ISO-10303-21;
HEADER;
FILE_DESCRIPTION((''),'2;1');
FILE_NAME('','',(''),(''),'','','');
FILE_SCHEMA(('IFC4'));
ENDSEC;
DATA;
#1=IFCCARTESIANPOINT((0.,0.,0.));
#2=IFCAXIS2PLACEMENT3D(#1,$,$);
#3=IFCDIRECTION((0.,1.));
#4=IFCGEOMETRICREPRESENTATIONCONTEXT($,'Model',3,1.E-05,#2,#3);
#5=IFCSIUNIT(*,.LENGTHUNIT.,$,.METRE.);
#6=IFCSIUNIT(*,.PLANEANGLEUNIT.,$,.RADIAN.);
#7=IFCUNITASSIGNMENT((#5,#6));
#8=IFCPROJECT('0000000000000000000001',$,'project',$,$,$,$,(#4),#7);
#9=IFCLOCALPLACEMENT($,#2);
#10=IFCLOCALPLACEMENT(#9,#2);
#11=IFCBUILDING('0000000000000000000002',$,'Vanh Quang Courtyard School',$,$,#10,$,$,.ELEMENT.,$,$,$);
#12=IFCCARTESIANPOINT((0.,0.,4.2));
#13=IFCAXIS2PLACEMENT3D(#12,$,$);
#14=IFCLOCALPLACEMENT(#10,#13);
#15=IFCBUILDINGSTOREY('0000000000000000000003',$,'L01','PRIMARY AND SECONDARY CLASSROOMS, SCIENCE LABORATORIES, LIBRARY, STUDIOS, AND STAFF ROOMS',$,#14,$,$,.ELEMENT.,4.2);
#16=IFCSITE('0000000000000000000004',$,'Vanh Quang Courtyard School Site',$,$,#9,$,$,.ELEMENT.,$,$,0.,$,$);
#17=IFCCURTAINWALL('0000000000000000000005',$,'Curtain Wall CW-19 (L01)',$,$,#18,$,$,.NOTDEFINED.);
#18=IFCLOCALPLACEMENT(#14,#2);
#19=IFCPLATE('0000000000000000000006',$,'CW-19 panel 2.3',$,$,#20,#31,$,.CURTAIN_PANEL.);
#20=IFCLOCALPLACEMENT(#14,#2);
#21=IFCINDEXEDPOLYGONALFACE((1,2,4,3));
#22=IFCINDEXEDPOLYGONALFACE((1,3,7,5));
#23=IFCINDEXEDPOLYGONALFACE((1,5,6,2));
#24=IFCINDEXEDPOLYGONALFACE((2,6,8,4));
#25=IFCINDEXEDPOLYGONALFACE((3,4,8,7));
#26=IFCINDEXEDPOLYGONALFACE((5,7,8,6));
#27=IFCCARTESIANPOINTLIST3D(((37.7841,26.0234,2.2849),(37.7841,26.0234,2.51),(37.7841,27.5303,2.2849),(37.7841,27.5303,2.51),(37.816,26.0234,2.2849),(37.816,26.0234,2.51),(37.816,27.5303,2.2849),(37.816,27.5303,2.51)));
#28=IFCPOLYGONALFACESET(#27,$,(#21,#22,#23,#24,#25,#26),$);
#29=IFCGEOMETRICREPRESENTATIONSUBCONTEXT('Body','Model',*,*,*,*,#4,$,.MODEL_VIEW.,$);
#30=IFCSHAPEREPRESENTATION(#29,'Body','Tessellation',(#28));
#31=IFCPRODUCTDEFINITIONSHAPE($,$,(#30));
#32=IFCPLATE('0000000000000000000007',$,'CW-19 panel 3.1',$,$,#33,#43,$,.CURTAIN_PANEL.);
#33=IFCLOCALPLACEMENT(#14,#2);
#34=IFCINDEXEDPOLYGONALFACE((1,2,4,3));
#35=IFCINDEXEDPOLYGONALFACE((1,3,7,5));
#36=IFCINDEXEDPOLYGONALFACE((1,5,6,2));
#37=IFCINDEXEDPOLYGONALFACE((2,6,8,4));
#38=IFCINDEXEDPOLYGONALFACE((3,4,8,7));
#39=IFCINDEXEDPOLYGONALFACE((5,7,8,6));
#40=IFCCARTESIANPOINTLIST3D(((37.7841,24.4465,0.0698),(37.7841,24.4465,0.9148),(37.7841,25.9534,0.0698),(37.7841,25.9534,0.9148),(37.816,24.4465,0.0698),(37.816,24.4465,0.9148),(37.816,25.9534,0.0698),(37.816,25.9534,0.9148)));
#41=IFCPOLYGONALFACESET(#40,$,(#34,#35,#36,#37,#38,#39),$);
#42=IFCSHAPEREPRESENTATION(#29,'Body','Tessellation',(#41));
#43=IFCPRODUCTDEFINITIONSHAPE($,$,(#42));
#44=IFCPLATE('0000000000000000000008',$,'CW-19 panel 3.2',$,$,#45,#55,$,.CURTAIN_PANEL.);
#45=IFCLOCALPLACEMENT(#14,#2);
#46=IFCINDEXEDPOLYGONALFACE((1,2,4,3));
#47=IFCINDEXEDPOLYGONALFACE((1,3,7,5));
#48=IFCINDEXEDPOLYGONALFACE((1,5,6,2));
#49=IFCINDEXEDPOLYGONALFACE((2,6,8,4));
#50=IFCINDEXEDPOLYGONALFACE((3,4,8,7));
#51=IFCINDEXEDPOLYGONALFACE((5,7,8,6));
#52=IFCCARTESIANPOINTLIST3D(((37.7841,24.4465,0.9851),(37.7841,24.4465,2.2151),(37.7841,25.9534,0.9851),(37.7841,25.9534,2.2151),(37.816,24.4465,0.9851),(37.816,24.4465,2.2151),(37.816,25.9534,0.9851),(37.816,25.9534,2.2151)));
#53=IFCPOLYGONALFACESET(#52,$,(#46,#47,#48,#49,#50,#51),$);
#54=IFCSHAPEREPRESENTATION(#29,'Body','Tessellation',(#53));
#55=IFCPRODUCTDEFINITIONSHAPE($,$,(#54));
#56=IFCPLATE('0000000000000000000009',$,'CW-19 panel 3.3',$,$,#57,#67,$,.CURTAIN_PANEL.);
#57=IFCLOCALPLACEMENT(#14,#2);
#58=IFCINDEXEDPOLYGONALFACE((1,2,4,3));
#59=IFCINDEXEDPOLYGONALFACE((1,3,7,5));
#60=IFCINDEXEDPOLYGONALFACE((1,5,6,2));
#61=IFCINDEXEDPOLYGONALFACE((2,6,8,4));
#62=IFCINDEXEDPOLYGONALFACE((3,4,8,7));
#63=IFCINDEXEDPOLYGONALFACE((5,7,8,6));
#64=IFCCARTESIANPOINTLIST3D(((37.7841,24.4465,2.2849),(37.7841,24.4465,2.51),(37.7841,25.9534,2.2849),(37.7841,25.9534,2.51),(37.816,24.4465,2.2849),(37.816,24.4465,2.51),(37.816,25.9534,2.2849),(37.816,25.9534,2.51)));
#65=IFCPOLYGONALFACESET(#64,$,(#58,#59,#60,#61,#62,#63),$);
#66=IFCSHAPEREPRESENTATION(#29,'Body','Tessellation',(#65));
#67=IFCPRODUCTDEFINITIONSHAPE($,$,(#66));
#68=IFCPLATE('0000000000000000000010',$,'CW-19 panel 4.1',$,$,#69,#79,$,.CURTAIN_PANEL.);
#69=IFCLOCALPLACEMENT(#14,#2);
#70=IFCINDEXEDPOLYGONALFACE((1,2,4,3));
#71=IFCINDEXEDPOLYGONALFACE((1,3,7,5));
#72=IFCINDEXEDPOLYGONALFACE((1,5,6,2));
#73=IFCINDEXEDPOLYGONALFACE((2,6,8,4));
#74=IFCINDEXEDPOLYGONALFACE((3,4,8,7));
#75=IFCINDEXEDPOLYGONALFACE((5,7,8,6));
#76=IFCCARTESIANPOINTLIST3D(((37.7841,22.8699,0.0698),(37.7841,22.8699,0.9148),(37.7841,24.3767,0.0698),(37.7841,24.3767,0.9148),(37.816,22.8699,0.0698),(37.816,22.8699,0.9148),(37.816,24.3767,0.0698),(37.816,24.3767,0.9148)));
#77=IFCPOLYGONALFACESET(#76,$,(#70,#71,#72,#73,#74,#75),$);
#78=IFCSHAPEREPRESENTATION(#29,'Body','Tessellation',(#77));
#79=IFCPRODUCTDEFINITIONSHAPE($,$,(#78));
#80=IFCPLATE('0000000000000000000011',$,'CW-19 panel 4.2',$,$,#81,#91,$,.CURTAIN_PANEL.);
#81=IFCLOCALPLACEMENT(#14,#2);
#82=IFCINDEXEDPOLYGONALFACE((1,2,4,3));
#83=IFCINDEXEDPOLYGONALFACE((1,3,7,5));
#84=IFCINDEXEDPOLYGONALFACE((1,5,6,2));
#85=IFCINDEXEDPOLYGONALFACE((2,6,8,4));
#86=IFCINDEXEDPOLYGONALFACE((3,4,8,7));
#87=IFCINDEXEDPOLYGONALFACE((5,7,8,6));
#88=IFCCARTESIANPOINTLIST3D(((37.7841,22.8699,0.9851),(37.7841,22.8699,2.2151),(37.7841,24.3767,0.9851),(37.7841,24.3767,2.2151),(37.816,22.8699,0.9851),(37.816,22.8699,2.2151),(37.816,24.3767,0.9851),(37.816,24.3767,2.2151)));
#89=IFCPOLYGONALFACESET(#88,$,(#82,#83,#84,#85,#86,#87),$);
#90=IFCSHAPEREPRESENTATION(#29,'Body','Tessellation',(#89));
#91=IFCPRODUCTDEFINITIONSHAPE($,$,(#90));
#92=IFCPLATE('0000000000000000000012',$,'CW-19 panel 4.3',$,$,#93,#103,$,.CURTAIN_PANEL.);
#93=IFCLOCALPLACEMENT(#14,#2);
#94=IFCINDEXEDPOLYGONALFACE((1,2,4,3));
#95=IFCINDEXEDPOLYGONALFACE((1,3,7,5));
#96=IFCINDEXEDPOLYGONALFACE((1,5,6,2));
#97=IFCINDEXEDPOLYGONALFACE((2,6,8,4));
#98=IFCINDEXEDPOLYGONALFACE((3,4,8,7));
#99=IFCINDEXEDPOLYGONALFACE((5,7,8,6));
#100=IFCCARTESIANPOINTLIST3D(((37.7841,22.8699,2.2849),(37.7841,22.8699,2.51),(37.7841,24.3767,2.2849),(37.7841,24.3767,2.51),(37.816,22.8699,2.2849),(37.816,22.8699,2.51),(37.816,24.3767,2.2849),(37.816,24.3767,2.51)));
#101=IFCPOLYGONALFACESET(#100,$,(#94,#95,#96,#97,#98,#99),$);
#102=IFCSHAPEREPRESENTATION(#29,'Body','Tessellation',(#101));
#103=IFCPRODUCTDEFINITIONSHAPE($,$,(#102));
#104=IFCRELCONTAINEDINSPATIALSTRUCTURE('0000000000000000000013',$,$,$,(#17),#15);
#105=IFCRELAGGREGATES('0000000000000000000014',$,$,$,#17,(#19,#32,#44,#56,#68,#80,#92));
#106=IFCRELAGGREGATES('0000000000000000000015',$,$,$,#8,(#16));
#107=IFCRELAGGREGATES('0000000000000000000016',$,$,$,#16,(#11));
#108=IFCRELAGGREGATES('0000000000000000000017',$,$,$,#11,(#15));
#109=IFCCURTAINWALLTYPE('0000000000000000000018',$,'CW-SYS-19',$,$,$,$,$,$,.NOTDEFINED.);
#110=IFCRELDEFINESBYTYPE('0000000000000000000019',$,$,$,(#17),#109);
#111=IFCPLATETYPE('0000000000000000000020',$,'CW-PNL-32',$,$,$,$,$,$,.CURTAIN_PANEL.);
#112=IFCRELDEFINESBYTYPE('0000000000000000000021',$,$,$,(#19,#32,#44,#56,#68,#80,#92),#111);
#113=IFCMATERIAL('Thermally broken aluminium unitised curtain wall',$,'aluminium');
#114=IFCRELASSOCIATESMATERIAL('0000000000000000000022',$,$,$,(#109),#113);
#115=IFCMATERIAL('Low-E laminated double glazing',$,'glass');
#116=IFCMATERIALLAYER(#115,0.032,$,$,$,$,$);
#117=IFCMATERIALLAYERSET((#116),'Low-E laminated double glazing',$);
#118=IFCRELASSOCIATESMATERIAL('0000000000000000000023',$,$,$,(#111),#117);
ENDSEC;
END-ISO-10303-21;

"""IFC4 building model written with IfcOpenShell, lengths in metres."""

from ifc_helpers import new_model, si_unit, direction, frame, origin, origin_2d, place, context, subcontext, project, spatial, rectangle, extrude, material, layer, layer_set, type_object, element, aggregate, save


model = new_model("IFC4")

# Units and contexts
model_context = context("Model", 3, precision=1e-05, world=origin(), true_north=direction((0.0, 1.0)))
body_context = subcontext(model_context, "Body", "Model", "MODEL_VIEW")
ifc_project = project(units=[si_unit("LENGTHUNIT", "METRE"), si_unit("PLANEANGLEUNIT", "RADIAN")], contexts=[model_context])

# Site, building, storey
site_placement = place(None, origin())
site = spatial("IfcSite", under=ifc_project, at=site_placement, Name="Vanh Quang Courtyard School Site", CompositionType="ELEMENT", RefElevation=0.0)
building_placement = place(site_placement, origin())
building = spatial("IfcBuilding", under=site, at=building_placement, Name="Vanh Quang Courtyard School", CompositionType="ELEMENT")
storey_placement = place(building_placement, frame((0.0, 0.0, 4.2)))
storey = spatial("IfcBuildingStorey", under=building, at=storey_placement, Name="L01", Description="PRIMARY AND SECONDARY CLASSROOMS, SCIENCE LABORATORIES, LIBRARY, STUDIOS, AND STAFF ROOMS", CompositionType="ELEMENT", Elevation=4.2)

# Curtain wall
ifc_material_1 = material(Name="Thermally broken aluminium unitised curtain wall", Category="aluminium")
curtain_wall_type = type_object("IfcCurtainWallType", Name="CW-SYS-19", PredefinedType="NOTDEFINED", material=ifc_material_1)
curtain_wall_placement = place(storey_placement, origin())
curtain_wall = element("IfcCurtainWall", 1, at=curtain_wall_placement, inside=storey, type_object=curtain_wall_type, Name="Curtain Wall CW-19 (L01)", PredefinedType="NOTDEFINED")

# Plates
ifc_material_2 = material(Name="Low-E laminated double glazing", Category="glass")
ifc_layer = layer(ifc_material_2, 0.032)
ifc_layer_set = layer_set([ifc_layer], Name="Low-E laminated double glazing")
plate_type = type_object("IfcPlateType", Name="CW-PNL-32", PredefinedType="CURTAIN_PANEL", material=ifc_layer_set)
plate_1_placement = place(storey_placement, frame((37.8, 26.7769, 2.2849), z_axis=(0.0, 0.0, 1.0), x_axis=(0.0, -1.0, 0.0)))
plate_1 = element("IfcPlate", 2, at=plate_1_placement, type_object=plate_type, Name="CW-19 panel 2.3", PredefinedType="CURTAIN_PANEL", context=body_context, shape_type="SweptSolid", body=[
    extrude(rectangle(XDim=1.5068, YDim=0.032, at=origin_2d()), origin(), (0.0, 0.0, 1.0), 0.2251),
])
plate_2_placement = place(storey_placement, frame((37.8, 25.2, 0.0698), z_axis=(0.0, 0.0, 1.0), x_axis=(0.0, -1.0, 0.0)))
plate_2 = element("IfcPlate", 3, at=plate_2_placement, type_object=plate_type, Name="CW-19 panel 3.1", PredefinedType="CURTAIN_PANEL", context=body_context, shape_type="SweptSolid", body=[
    extrude(rectangle(XDim=1.5068, YDim=0.032, at=origin_2d()), origin(), (0.0, 0.0, 1.0), 0.845),
])
plate_3_placement = place(storey_placement, frame((37.8, 25.2, 0.9851), z_axis=(0.0, 0.0, 1.0), x_axis=(0.0, -1.0, 0.0)))
plate_3 = element("IfcPlate", 4, at=plate_3_placement, type_object=plate_type, Name="CW-19 panel 3.2", PredefinedType="CURTAIN_PANEL", context=body_context, shape_type="SweptSolid", body=[
    extrude(rectangle(XDim=1.5068, YDim=0.032, at=origin_2d()), origin(), (0.0, 0.0, 1.0), 1.23),
])
plate_4_placement = place(storey_placement, frame((37.8, 25.2, 2.2849), z_axis=(0.0, 0.0, 1.0), x_axis=(0.0, -1.0, 0.0)))
plate_4 = element("IfcPlate", 5, at=plate_4_placement, type_object=plate_type, Name="CW-19 panel 3.3", PredefinedType="CURTAIN_PANEL", context=body_context, shape_type="SweptSolid", body=[
    extrude(rectangle(XDim=1.5068, YDim=0.032, at=origin_2d()), origin(), (0.0, 0.0, 1.0), 0.2251),
])
plate_5_placement = place(storey_placement, frame((37.8, 23.6233, 0.0698), z_axis=(0.0, 0.0, 1.0), x_axis=(0.0, -1.0, 0.0)))
plate_5 = element("IfcPlate", 6, at=plate_5_placement, type_object=plate_type, Name="CW-19 panel 4.1", PredefinedType="CURTAIN_PANEL", context=body_context, shape_type="SweptSolid", body=[
    extrude(rectangle(XDim=1.5068, YDim=0.032, at=origin_2d()), origin(), (0.0, 0.0, 1.0), 0.845),
])
plate_6_placement = place(storey_placement, frame((37.8, 23.6233, 0.9851), z_axis=(0.0, 0.0, 1.0), x_axis=(0.0, -1.0, 0.0)))
plate_6 = element("IfcPlate", 7, at=plate_6_placement, type_object=plate_type, Name="CW-19 panel 4.2", PredefinedType="CURTAIN_PANEL", context=body_context, shape_type="SweptSolid", body=[
    extrude(rectangle(XDim=1.5068, YDim=0.032, at=origin_2d()), origin(), (0.0, 0.0, 1.0), 1.23),
])
plate_7_placement = place(storey_placement, frame((37.8, 23.6233, 2.2849), z_axis=(0.0, 0.0, 1.0), x_axis=(0.0, -1.0, 0.0)))
plate_7 = element("IfcPlate", 8, at=plate_7_placement, type_object=plate_type, Name="CW-19 panel 4.3", PredefinedType="CURTAIN_PANEL", context=body_context, shape_type="SweptSolid", body=[
    extrude(rectangle(XDim=1.5068, YDim=0.032, at=origin_2d()), origin(), (0.0, 0.0, 1.0), 0.2251),
])
aggregate(curtain_wall, [plate_1, plate_2, plate_3, plate_4, plate_5, plate_6, plate_7])

save(model, "model.ifc")
